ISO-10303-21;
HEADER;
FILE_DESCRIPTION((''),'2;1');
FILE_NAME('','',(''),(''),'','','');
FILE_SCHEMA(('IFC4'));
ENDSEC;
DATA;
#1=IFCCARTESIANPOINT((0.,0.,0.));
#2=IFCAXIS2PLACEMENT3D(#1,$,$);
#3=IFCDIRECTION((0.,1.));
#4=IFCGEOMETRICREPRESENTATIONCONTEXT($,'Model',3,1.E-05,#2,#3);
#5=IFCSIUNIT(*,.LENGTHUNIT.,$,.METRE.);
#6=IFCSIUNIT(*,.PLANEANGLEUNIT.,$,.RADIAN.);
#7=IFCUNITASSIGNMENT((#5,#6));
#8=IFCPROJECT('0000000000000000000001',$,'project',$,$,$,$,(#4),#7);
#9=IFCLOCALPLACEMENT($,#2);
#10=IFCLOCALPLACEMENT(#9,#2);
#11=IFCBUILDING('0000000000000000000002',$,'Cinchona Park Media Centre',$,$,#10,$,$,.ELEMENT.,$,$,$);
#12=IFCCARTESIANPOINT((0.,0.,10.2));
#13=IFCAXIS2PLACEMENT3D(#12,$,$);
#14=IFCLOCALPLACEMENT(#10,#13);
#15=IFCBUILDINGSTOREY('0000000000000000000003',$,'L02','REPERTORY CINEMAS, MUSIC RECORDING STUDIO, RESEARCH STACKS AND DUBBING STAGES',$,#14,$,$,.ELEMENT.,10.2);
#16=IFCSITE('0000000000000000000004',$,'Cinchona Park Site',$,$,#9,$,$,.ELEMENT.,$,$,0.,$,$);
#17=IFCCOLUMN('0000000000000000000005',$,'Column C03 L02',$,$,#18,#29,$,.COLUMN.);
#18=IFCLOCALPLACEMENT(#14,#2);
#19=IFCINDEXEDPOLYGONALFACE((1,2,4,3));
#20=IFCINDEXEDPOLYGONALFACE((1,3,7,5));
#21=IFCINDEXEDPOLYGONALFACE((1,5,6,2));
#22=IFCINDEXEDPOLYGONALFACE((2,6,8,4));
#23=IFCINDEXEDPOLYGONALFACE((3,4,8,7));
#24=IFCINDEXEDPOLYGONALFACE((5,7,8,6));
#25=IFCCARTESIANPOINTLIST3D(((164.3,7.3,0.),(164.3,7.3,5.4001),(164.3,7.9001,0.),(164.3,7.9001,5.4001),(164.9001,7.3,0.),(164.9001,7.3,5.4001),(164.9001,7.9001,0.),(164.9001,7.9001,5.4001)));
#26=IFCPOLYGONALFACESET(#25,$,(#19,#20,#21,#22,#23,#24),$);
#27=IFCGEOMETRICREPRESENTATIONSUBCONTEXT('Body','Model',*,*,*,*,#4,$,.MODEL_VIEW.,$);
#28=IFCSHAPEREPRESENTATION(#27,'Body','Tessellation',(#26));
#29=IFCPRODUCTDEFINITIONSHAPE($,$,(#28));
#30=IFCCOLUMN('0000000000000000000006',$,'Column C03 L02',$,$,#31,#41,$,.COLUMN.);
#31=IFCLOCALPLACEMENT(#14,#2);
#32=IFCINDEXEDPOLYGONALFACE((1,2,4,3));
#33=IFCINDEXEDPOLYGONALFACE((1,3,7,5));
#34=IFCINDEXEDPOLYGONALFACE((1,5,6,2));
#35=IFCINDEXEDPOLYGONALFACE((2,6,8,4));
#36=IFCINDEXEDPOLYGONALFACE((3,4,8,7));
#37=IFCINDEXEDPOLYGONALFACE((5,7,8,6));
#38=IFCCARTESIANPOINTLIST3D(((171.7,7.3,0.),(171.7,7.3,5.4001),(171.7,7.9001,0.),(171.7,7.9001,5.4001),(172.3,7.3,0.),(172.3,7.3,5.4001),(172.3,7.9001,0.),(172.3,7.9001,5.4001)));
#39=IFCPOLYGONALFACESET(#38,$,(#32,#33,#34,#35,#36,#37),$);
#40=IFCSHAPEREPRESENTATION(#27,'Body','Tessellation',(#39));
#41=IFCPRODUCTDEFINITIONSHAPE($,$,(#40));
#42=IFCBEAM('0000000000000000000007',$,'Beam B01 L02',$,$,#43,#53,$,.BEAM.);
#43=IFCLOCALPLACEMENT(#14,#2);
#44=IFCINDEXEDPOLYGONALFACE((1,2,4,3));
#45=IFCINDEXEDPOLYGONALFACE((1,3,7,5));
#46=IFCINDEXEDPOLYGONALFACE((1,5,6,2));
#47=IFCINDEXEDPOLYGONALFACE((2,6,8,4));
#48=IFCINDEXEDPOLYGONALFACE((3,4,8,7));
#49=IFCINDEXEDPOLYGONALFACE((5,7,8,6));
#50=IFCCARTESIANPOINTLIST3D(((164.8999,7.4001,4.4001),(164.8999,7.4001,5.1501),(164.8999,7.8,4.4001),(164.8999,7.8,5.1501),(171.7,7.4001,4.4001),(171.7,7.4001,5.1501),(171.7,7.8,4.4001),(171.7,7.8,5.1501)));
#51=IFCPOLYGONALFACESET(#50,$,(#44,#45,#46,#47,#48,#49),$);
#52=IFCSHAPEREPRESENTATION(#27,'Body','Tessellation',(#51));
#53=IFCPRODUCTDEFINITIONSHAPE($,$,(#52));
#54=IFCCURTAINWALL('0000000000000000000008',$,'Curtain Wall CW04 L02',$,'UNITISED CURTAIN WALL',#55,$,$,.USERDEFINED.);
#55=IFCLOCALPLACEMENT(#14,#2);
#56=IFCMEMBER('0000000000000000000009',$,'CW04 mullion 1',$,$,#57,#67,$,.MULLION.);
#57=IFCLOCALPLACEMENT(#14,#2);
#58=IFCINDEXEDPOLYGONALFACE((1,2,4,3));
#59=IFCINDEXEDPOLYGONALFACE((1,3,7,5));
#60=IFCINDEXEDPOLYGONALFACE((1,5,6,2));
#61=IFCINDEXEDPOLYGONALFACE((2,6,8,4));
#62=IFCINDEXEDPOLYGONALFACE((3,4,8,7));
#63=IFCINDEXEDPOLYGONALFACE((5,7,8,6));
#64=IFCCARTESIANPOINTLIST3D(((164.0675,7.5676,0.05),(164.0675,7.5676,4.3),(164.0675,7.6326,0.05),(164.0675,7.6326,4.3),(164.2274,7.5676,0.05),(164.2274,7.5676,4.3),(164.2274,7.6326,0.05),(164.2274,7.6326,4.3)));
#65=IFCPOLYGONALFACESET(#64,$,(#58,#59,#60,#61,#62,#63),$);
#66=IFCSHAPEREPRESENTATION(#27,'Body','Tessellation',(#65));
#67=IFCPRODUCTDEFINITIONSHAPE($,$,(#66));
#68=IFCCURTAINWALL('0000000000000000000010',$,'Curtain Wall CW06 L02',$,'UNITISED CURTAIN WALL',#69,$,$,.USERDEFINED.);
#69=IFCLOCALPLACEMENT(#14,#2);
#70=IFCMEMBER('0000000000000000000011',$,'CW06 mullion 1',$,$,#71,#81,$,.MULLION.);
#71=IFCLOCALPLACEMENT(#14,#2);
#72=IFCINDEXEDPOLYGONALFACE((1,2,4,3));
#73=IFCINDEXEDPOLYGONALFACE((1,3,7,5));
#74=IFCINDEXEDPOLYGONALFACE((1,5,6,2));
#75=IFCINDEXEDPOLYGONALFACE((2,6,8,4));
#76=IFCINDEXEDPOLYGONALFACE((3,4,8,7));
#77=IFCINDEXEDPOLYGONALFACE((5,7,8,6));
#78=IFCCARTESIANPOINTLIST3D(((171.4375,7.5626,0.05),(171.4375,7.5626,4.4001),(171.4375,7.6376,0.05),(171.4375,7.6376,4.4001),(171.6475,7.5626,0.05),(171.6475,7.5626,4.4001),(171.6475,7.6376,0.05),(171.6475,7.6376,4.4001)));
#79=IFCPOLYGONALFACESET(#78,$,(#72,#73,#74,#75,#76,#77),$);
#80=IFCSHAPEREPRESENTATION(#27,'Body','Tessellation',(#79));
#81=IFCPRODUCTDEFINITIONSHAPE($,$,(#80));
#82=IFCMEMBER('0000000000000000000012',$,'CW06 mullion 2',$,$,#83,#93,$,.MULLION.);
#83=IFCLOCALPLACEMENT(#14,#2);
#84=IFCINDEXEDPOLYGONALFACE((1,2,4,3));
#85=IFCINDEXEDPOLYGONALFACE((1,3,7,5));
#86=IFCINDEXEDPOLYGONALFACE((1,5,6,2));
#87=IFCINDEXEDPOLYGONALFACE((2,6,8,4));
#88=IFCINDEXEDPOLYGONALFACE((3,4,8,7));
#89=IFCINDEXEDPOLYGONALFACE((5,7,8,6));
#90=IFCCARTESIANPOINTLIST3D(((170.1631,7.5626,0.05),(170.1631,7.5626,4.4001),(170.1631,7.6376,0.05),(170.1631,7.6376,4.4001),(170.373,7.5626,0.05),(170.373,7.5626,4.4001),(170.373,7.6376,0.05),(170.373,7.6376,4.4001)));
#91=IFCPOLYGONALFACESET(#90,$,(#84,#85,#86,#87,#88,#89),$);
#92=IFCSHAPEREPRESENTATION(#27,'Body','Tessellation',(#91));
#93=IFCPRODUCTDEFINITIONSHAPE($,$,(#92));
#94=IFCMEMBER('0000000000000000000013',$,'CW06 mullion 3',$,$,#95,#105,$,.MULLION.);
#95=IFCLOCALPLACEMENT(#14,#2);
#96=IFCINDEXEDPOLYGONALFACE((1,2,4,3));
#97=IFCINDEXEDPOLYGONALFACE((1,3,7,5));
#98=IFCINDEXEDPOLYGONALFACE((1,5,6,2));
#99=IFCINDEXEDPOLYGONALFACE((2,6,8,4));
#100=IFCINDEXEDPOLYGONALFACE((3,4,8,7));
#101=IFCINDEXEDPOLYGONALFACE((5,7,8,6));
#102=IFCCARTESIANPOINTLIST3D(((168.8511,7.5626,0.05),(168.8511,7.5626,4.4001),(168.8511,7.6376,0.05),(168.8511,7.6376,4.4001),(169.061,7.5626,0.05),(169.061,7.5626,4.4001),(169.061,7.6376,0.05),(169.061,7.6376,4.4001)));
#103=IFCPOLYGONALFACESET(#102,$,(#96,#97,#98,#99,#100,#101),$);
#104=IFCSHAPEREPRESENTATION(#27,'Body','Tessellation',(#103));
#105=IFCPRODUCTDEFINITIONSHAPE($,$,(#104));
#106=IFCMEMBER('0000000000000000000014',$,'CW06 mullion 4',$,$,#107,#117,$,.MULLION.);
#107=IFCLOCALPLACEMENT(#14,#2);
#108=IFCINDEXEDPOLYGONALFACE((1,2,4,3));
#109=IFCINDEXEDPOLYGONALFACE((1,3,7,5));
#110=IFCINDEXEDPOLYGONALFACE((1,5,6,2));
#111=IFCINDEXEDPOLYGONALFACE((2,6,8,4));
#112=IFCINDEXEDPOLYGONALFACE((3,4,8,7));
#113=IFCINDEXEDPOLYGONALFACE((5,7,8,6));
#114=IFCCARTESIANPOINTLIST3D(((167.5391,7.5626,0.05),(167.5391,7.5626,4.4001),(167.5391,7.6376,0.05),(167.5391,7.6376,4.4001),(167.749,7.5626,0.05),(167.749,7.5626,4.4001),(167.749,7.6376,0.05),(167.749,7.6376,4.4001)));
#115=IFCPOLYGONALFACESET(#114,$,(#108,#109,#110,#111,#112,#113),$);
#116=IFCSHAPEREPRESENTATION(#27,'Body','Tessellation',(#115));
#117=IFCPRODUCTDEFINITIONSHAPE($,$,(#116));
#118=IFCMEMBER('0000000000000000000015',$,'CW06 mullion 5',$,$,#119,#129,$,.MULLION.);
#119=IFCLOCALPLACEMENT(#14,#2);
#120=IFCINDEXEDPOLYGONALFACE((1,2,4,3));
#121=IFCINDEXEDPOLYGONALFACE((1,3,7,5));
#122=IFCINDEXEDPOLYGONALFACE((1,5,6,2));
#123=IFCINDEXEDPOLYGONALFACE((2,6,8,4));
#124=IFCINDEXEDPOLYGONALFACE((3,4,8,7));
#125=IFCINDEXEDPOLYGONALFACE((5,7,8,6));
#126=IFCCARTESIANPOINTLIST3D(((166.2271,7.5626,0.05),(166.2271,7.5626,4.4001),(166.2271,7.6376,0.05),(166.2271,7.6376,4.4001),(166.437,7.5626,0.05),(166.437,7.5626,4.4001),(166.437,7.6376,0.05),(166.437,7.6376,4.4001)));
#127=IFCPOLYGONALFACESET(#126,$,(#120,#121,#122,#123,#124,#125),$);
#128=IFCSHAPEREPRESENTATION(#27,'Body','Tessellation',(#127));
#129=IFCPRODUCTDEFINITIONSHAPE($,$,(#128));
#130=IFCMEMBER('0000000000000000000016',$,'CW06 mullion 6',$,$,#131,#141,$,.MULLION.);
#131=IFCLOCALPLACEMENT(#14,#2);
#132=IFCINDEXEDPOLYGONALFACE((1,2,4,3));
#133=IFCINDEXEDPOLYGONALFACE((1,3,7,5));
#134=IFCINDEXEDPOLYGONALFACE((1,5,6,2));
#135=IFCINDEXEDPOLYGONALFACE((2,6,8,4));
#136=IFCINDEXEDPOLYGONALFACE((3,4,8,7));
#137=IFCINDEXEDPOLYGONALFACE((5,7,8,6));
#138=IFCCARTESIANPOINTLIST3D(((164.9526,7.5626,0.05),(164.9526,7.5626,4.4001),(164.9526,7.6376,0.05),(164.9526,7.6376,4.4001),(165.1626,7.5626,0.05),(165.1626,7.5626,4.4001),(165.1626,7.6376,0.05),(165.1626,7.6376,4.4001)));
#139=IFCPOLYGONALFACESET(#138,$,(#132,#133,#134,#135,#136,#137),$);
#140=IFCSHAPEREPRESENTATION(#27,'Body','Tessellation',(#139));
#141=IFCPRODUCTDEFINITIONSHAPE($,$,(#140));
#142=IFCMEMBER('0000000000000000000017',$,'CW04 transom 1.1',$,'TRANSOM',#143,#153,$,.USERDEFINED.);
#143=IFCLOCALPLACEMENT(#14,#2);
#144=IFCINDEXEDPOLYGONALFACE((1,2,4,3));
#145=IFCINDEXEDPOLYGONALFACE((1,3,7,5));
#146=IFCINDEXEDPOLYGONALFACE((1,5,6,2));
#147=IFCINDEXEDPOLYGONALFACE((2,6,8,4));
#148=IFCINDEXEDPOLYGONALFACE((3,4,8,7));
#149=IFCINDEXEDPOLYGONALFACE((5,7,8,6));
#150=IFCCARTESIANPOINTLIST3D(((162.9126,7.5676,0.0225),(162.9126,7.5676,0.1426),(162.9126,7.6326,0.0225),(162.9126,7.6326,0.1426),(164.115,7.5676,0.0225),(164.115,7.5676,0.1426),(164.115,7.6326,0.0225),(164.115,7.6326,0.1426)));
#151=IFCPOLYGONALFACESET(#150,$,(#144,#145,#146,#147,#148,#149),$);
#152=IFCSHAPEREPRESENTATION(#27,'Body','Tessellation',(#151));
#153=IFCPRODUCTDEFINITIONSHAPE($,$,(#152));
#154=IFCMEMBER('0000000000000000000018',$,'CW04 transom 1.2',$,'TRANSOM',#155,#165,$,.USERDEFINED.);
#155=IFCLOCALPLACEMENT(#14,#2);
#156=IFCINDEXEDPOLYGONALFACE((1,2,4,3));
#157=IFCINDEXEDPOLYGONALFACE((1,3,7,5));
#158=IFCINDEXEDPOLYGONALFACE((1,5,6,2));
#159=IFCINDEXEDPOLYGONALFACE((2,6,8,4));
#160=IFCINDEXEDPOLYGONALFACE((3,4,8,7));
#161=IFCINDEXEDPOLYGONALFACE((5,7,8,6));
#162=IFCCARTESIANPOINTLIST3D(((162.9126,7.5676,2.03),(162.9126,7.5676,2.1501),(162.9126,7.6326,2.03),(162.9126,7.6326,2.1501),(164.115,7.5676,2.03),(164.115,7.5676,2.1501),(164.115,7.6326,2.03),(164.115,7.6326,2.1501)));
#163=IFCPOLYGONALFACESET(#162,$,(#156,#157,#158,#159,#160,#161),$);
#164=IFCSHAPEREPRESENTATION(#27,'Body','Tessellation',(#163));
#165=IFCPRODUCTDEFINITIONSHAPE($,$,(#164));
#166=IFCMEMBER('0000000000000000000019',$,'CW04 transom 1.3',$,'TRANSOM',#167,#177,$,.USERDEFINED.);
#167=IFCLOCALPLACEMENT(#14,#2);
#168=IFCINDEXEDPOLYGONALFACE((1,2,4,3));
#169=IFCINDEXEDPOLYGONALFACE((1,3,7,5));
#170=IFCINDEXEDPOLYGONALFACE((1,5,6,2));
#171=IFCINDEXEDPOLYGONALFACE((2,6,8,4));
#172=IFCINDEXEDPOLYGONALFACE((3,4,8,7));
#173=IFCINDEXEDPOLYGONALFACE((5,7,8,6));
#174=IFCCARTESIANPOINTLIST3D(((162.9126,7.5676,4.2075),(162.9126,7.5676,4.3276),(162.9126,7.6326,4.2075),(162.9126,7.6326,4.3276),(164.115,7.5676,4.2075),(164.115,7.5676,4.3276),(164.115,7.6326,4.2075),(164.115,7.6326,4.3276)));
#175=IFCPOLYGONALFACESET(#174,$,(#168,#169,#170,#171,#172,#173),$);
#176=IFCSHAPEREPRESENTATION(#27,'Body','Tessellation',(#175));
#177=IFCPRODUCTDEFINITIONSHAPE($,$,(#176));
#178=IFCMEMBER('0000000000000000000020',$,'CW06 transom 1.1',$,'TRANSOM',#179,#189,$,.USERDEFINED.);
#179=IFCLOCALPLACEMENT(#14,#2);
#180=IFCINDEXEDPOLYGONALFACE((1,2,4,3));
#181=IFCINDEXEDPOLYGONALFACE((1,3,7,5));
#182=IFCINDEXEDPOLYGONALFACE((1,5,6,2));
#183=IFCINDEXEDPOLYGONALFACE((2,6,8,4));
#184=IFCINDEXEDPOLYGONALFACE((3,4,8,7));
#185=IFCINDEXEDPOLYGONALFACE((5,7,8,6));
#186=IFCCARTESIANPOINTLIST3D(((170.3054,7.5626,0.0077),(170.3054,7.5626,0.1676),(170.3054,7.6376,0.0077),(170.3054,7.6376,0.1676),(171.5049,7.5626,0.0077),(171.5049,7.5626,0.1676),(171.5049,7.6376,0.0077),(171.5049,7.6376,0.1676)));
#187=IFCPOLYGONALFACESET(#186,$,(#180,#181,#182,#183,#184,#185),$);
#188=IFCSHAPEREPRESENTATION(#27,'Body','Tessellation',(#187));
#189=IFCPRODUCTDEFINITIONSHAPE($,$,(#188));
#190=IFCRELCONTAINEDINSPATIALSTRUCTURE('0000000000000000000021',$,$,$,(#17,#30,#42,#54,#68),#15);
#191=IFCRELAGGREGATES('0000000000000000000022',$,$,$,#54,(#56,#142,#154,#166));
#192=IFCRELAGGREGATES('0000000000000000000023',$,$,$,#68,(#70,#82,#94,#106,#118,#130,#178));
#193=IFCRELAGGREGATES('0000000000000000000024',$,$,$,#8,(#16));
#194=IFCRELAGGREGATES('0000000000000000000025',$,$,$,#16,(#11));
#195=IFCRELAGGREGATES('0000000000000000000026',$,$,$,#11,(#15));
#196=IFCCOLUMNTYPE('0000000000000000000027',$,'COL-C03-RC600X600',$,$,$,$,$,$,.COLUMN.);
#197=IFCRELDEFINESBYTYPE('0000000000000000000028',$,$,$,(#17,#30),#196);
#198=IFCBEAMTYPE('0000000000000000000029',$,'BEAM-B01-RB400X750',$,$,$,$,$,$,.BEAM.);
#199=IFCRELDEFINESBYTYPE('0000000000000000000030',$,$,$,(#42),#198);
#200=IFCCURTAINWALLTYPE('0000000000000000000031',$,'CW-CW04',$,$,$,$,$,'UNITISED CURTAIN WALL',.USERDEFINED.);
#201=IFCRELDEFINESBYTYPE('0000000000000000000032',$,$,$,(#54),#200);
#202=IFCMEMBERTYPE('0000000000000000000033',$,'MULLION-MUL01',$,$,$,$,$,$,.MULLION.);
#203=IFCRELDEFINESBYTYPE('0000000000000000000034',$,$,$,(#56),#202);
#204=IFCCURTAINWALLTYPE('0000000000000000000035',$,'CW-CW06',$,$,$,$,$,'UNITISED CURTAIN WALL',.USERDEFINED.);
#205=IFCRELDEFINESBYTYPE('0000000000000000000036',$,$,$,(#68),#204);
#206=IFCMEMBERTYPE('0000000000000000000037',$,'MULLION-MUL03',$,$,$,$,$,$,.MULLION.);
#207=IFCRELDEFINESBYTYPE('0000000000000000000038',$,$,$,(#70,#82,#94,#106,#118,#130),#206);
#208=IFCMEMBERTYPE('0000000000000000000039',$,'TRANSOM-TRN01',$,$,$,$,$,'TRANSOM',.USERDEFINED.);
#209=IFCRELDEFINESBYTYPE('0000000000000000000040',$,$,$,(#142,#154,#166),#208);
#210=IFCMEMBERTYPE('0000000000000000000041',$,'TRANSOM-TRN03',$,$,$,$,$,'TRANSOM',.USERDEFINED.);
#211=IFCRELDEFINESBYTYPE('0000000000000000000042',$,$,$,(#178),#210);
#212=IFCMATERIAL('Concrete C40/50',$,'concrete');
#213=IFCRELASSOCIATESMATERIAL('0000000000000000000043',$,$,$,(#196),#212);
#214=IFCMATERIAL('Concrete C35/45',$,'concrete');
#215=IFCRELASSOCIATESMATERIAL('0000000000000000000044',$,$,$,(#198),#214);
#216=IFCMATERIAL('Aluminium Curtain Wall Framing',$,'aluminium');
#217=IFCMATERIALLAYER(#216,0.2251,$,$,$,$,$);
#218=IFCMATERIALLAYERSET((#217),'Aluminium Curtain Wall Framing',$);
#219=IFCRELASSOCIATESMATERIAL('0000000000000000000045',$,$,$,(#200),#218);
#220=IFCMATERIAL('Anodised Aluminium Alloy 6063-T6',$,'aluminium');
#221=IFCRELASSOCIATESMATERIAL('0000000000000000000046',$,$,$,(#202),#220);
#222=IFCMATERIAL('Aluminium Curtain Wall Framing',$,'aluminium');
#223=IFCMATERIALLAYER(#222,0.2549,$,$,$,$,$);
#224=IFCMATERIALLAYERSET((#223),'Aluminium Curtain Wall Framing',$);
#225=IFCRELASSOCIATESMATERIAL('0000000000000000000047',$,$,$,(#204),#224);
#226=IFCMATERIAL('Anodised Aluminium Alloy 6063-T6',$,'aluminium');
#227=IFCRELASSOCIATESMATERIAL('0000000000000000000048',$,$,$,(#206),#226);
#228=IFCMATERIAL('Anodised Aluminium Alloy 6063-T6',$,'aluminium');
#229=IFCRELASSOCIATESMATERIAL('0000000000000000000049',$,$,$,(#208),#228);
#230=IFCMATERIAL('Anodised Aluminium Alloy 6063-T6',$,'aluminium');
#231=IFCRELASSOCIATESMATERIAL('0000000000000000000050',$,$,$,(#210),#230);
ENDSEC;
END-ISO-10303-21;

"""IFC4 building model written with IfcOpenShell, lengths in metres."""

from ifc_helpers import new_model, si_unit, direction, frame, origin, origin_2d, place, context, subcontext, project, spatial, rectangle, extrude, material, layer, layer_set, material_profile, profile_set, type_object, element, aggregate, save


model = new_model("IFC4")

# Units and contexts
model_context = context("Model", 3, precision=1e-05, world=origin(), true_north=direction((0.0, 1.0)))
body_context = subcontext(model_context, "Body", "Model", "MODEL_VIEW")
ifc_project = project(units=[si_unit("LENGTHUNIT", "METRE"), si_unit("PLANEANGLEUNIT", "RADIAN")], contexts=[model_context])

# Site, building, storey
site_placement = place(None, origin())
site = spatial("IfcSite", under=ifc_project, at=site_placement, Name="Cinchona Park Site", CompositionType="ELEMENT", RefElevation=0.0)
building_placement = place(site_placement, origin())
building = spatial("IfcBuilding", under=site, at=building_placement, Name="Cinchona Park Media Centre", CompositionType="ELEMENT")
storey_placement = place(building_placement, frame((0.0, 0.0, 10.2)))
storey = spatial("IfcBuildingStorey", under=building, at=storey_placement, Name="L02", Description="REPERTORY CINEMAS, MUSIC RECORDING STUDIO, RESEARCH STACKS AND DUBBING STAGES", CompositionType="ELEMENT", Elevation=10.2)

# Columns
ifc_material_1 = material(Name="Concrete C40/50", Category="concrete")
ifc_material_profile_1 = material_profile(ifc_material_1, rectangle(XDim=0.6001, YDim=0.6001, at=origin_2d()), Name="RC 600X600")
ifc_profile_set_1 = profile_set([ifc_material_profile_1], Name="Concrete C40/50")
column_type = type_object("IfcColumnType", Name="COL-C03-RC600X600", PredefinedType="COLUMN", material=ifc_profile_set_1)
for number, where, z_axis, x_axis, name in (
    (1, (164.6001, 7.6001, 0.0), (0.0, 0.0, 1.0), (1.0, 0.0, 0.0), "Column C03 L02"),
    (2, (172.0, 7.6001, 0.0), (0.0, 0.0, 1.0), (1.0, 0.0, 0.0), "Column C03 L02"),
):
    element("IfcColumn", number, at=place(storey_placement, frame(where, z_axis=z_axis, x_axis=x_axis)), inside=storey, type_object=column_type, Name=name, PredefinedType="COLUMN", context=body_context, shape_type="SweptSolid", body=[
        extrude(rectangle(XDim=0.6001, YDim=0.6001, at=origin_2d()), origin(), (0.0, 0.0, 1.0), 5.4001),
    ])

# Beam
ifc_material_2 = material(Name="Concrete C35/45", Category="concrete")
ifc_material_profile_2 = material_profile(ifc_material_2, rectangle(XDim=0.3999, YDim=0.75, at=origin_2d()), Name="RB 400X750")
ifc_profile_set_2 = profile_set([ifc_material_profile_2], Name="Concrete C35/45")
beam_type = type_object("IfcBeamType", Name="BEAM-B01-RB400X750", PredefinedType="BEAM", material=ifc_profile_set_2)
beam_placement = place(storey_placement, frame((164.8999, 7.6001, 4.7751), z_axis=(1.0, 0.0, 0.0), x_axis=(0.0, 1.0, 0.0)))
element("IfcBeam", 3, at=beam_placement, inside=storey, type_object=beam_type, Name="Beam B01 L02", PredefinedType="BEAM", context=body_context, shape_type="SweptSolid", body=[
    extrude(rectangle(XDim=0.3999, YDim=0.75, at=origin_2d()), origin(), (0.0, 0.0, 1.0), 6.8),
])

# Curtain wall, member
ifc_material_3 = material(Name="Aluminium Curtain Wall Framing", Category="aluminium")
ifc_layer_1 = layer(ifc_material_3, 0.2251)
ifc_layer_set_1 = layer_set([ifc_layer_1], Name="Aluminium Curtain Wall Framing")
curtain_wall_type_1 = type_object("IfcCurtainWallType", Name="CW-CW04", ElementType="UNITISED CURTAIN WALL", PredefinedType="USERDEFINED", material=ifc_layer_set_1)
curtain_wall_1_placement = place(storey_placement, origin())
curtain_wall_1 = element("IfcCurtainWall", 4, at=curtain_wall_1_placement, inside=storey, type_object=curtain_wall_type_1, Name="Curtain Wall CW04 L02", ObjectType="UNITISED CURTAIN WALL", PredefinedType="USERDEFINED")
ifc_material_4 = material(Name="Anodised Aluminium Alloy 6063-T6", Category="aluminium")
ifc_material_profile_3 = material_profile(ifc_material_4, rectangle(XDim=0.0649, YDim=0.1599, at=origin_2d()), Name="MUL-65X160")
ifc_profile_set_3 = profile_set([ifc_material_profile_3], Name="Anodised Aluminium Alloy 6063-T6")
member_type_1 = type_object("IfcMemberType", Name="MULLION-MUL01", PredefinedType="MULLION", material=ifc_profile_set_3)
member_1_placement = place(storey_placement, frame((164.1475, 7.6001, 0.05), z_axis=(0.0, 0.0, 1.0), x_axis=(0.0, -1.0, 0.0)))
member_1 = element("IfcMember", 5, at=member_1_placement, type_object=member_type_1, Name="CW04 mullion 1", PredefinedType="MULLION", context=body_context, shape_type="SweptSolid", body=[
    extrude(rectangle(XDim=0.0649, YDim=0.1599, at=origin_2d()), origin(), (0.0, 0.0, 1.0), 4.25),
])

# Curtain wall, members
ifc_material_5 = material(Name="Aluminium Curtain Wall Framing", Category="aluminium")
ifc_layer_2 = layer(ifc_material_5, 0.2549)
ifc_layer_set_2 = layer_set([ifc_layer_2], Name="Aluminium Curtain Wall Framing")
curtain_wall_type_2 = type_object("IfcCurtainWallType", Name="CW-CW06", ElementType="UNITISED CURTAIN WALL", PredefinedType="USERDEFINED", material=ifc_layer_set_2)
curtain_wall_2_placement = place(storey_placement, origin())
curtain_wall_2 = element("IfcCurtainWall", 6, at=curtain_wall_2_placement, inside=storey, type_object=curtain_wall_type_2, Name="Curtain Wall CW06 L02", ObjectType="UNITISED CURTAIN WALL", PredefinedType="USERDEFINED")
ifc_material_6 = material(Name="Anodised Aluminium Alloy 6063-T6", Category="aluminium")
ifc_material_profile_4 = material_profile(ifc_material_6, rectangle(XDim=0.075, YDim=0.21, at=origin_2d()), Name="MUL-75X210")
ifc_profile_set_4 = profile_set([ifc_material_profile_4], Name="Anodised Aluminium Alloy 6063-T6")
member_type_2 = type_object("IfcMemberType", Name="MULLION-MUL03", PredefinedType="MULLION", material=ifc_profile_set_4)
member_2_placement = place(storey_placement, frame((171.5425, 7.6001, 0.05), z_axis=(0.0, 0.0, 1.0), x_axis=(0.0, -1.0, 0.0)))
member_2 = element("IfcMember", 7, at=member_2_placement, type_object=member_type_2, Name="CW06 mullion 1", PredefinedType="MULLION", context=body_context, shape_type="SweptSolid", body=[
    extrude(rectangle(XDim=0.075, YDim=0.21, at=origin_2d()), origin(), (0.0, 0.0, 1.0), 4.3501),
])
member_3_placement = place(storey_placement, frame((170.2681, 7.6001, 0.05), z_axis=(0.0, 0.0, 1.0), x_axis=(0.0, -1.0, 0.0)))
member_3 = element("IfcMember", 8, at=member_3_placement, type_object=member_type_2, Name="CW06 mullion 2", PredefinedType="MULLION", context=body_context, shape_type="SweptSolid", body=[
    extrude(rectangle(XDim=0.075, YDim=0.21, at=origin_2d()), origin(), (0.0, 0.0, 1.0), 4.3501),
])
member_4_placement = place(storey_placement, frame((168.9561, 7.6001, 0.05), z_axis=(0.0, 0.0, 1.0), x_axis=(0.0, -1.0, 0.0)))
member_4 = element("IfcMember", 9, at=member_4_placement, type_object=member_type_2, Name="CW06 mullion 3", PredefinedType="MULLION", context=body_context, shape_type="SweptSolid", body=[
    extrude(rectangle(XDim=0.075, YDim=0.21, at=origin_2d()), origin(), (0.0, 0.0, 1.0), 4.3501),
])
member_5_placement = place(storey_placement, frame((167.644, 7.6001, 0.05), z_axis=(0.0, 0.0, 1.0), x_axis=(0.0, -1.0, 0.0)))
member_5 = element("IfcMember", 10, at=member_5_placement, type_object=member_type_2, Name="CW06 mullion 4", PredefinedType="MULLION", context=body_context, shape_type="SweptSolid", body=[
    extrude(rectangle(XDim=0.075, YDim=0.21, at=origin_2d()), origin(), (0.0, 0.0, 1.0), 4.3501),
])
member_6_placement = place(storey_placement, frame((166.332, 7.6001, 0.05), z_axis=(0.0, 0.0, 1.0), x_axis=(0.0, -1.0, 0.0)))
member_6 = element("IfcMember", 11, at=member_6_placement, type_object=member_type_2, Name="CW06 mullion 5", PredefinedType="MULLION", context=body_context, shape_type="SweptSolid", body=[
    extrude(rectangle(XDim=0.075, YDim=0.21, at=origin_2d()), origin(), (0.0, 0.0, 1.0), 4.3501),
])
member_7_placement = place(storey_placement, frame((165.0576, 7.6001, 0.05), z_axis=(0.0, 0.0, 1.0), x_axis=(0.0, -1.0, 0.0)))
member_7 = element("IfcMember", 12, at=member_7_placement, type_object=member_type_2, Name="CW06 mullion 6", PredefinedType="MULLION", context=body_context, shape_type="SweptSolid", body=[
    extrude(rectangle(XDim=0.075, YDim=0.21, at=origin_2d()), origin(), (0.0, 0.0, 1.0), 4.3501),
])

# Members
ifc_material_7 = material(Name="Anodised Aluminium Alloy 6063-T6", Category="aluminium")
ifc_material_profile_5 = material_profile(ifc_material_7, rectangle(XDim=0.0649, YDim=0.1201, at=origin_2d()), Name="TRN-65X120")
ifc_profile_set_5 = profile_set([ifc_material_profile_5], Name="Anodised Aluminium Alloy 6063-T6")
member_type_3 = type_object("IfcMemberType", Name="TRANSOM-TRN01", ElementType="TRANSOM", PredefinedType="USERDEFINED", material=ifc_profile_set_5)
member_8_placement = place(storey_placement, frame((164.115, 7.6001, 0.0825), z_axis=(-1.0, 0.0, 0.0), x_axis=(0.0, -1.0, 0.0)))
member_8 = element("IfcMember", 13, at=member_8_placement, type_object=member_type_3, Name="CW04 transom 1.1", ObjectType="TRANSOM", PredefinedType="USERDEFINED", context=body_context, shape_type="SweptSolid", body=[
    extrude(rectangle(XDim=0.0649, YDim=0.1201, at=origin_2d()), origin(), (0.0, 0.0, 1.0), 1.2024),
])
member_9_placement = place(storey_placement, frame((164.115, 7.6001, 2.0901), z_axis=(-1.0, 0.0, 0.0), x_axis=(0.0, -1.0, 0.0)))
member_9 = element("IfcMember", 14, at=member_9_placement, type_object=member_type_3, Name="CW04 transom 1.2", ObjectType="TRANSOM", PredefinedType="USERDEFINED", context=body_context, shape_type="SweptSolid", body=[
    extrude(rectangle(XDim=0.0649, YDim=0.1201, at=origin_2d()), origin(), (0.0, 0.0, 1.0), 1.2024),
])
member_10_placement = place(storey_placement, frame((164.115, 7.6001, 4.2676), z_axis=(-1.0, 0.0, 0.0), x_axis=(0.0, -1.0, 0.0)))
member_10 = element("IfcMember", 15, at=member_10_placement, type_object=member_type_3, Name="CW04 transom 1.3", ObjectType="TRANSOM", PredefinedType="USERDEFINED", context=body_context, shape_type="SweptSolid", body=[
    extrude(rectangle(XDim=0.0649, YDim=0.1201, at=origin_2d()), origin(), (0.0, 0.0, 1.0), 1.2024),
])
aggregate(curtain_wall_1, [member_1, member_8, member_9, member_10])
ifc_material_8 = material(Name="Anodised Aluminium Alloy 6063-T6", Category="aluminium")
ifc_material_profile_6 = material_profile(ifc_material_8, rectangle(XDim=0.075, YDim=0.1599, at=origin_2d()), Name="TRN-75X160")
ifc_profile_set_6 = profile_set([ifc_material_profile_6], Name="Anodised Aluminium Alloy 6063-T6")
member_type_4 = type_object("IfcMemberType", Name="TRANSOM-TRN03", ElementType="TRANSOM", PredefinedType="USERDEFINED", material=ifc_profile_set_6)
member_11_placement = place(storey_placement, frame((171.5049, 7.6001, 0.0876), z_axis=(-1.0, 0.0, 0.0), x_axis=(0.0, -1.0, 0.0)))
member_11 = element("IfcMember", 16, at=member_11_placement, type_object=member_type_4, Name="CW06 transom 1.1", ObjectType="TRANSOM", PredefinedType="USERDEFINED", context=body_context, shape_type="SweptSolid", body=[
    extrude(rectangle(XDim=0.075, YDim=0.1599, at=origin_2d()), origin(), (0.0, 0.0, 1.0), 1.1995),
])

aggregate(curtain_wall_2, [member_2, member_3, member_4, member_5, member_6, member_7, member_11])

save(model, "model.ifc")
